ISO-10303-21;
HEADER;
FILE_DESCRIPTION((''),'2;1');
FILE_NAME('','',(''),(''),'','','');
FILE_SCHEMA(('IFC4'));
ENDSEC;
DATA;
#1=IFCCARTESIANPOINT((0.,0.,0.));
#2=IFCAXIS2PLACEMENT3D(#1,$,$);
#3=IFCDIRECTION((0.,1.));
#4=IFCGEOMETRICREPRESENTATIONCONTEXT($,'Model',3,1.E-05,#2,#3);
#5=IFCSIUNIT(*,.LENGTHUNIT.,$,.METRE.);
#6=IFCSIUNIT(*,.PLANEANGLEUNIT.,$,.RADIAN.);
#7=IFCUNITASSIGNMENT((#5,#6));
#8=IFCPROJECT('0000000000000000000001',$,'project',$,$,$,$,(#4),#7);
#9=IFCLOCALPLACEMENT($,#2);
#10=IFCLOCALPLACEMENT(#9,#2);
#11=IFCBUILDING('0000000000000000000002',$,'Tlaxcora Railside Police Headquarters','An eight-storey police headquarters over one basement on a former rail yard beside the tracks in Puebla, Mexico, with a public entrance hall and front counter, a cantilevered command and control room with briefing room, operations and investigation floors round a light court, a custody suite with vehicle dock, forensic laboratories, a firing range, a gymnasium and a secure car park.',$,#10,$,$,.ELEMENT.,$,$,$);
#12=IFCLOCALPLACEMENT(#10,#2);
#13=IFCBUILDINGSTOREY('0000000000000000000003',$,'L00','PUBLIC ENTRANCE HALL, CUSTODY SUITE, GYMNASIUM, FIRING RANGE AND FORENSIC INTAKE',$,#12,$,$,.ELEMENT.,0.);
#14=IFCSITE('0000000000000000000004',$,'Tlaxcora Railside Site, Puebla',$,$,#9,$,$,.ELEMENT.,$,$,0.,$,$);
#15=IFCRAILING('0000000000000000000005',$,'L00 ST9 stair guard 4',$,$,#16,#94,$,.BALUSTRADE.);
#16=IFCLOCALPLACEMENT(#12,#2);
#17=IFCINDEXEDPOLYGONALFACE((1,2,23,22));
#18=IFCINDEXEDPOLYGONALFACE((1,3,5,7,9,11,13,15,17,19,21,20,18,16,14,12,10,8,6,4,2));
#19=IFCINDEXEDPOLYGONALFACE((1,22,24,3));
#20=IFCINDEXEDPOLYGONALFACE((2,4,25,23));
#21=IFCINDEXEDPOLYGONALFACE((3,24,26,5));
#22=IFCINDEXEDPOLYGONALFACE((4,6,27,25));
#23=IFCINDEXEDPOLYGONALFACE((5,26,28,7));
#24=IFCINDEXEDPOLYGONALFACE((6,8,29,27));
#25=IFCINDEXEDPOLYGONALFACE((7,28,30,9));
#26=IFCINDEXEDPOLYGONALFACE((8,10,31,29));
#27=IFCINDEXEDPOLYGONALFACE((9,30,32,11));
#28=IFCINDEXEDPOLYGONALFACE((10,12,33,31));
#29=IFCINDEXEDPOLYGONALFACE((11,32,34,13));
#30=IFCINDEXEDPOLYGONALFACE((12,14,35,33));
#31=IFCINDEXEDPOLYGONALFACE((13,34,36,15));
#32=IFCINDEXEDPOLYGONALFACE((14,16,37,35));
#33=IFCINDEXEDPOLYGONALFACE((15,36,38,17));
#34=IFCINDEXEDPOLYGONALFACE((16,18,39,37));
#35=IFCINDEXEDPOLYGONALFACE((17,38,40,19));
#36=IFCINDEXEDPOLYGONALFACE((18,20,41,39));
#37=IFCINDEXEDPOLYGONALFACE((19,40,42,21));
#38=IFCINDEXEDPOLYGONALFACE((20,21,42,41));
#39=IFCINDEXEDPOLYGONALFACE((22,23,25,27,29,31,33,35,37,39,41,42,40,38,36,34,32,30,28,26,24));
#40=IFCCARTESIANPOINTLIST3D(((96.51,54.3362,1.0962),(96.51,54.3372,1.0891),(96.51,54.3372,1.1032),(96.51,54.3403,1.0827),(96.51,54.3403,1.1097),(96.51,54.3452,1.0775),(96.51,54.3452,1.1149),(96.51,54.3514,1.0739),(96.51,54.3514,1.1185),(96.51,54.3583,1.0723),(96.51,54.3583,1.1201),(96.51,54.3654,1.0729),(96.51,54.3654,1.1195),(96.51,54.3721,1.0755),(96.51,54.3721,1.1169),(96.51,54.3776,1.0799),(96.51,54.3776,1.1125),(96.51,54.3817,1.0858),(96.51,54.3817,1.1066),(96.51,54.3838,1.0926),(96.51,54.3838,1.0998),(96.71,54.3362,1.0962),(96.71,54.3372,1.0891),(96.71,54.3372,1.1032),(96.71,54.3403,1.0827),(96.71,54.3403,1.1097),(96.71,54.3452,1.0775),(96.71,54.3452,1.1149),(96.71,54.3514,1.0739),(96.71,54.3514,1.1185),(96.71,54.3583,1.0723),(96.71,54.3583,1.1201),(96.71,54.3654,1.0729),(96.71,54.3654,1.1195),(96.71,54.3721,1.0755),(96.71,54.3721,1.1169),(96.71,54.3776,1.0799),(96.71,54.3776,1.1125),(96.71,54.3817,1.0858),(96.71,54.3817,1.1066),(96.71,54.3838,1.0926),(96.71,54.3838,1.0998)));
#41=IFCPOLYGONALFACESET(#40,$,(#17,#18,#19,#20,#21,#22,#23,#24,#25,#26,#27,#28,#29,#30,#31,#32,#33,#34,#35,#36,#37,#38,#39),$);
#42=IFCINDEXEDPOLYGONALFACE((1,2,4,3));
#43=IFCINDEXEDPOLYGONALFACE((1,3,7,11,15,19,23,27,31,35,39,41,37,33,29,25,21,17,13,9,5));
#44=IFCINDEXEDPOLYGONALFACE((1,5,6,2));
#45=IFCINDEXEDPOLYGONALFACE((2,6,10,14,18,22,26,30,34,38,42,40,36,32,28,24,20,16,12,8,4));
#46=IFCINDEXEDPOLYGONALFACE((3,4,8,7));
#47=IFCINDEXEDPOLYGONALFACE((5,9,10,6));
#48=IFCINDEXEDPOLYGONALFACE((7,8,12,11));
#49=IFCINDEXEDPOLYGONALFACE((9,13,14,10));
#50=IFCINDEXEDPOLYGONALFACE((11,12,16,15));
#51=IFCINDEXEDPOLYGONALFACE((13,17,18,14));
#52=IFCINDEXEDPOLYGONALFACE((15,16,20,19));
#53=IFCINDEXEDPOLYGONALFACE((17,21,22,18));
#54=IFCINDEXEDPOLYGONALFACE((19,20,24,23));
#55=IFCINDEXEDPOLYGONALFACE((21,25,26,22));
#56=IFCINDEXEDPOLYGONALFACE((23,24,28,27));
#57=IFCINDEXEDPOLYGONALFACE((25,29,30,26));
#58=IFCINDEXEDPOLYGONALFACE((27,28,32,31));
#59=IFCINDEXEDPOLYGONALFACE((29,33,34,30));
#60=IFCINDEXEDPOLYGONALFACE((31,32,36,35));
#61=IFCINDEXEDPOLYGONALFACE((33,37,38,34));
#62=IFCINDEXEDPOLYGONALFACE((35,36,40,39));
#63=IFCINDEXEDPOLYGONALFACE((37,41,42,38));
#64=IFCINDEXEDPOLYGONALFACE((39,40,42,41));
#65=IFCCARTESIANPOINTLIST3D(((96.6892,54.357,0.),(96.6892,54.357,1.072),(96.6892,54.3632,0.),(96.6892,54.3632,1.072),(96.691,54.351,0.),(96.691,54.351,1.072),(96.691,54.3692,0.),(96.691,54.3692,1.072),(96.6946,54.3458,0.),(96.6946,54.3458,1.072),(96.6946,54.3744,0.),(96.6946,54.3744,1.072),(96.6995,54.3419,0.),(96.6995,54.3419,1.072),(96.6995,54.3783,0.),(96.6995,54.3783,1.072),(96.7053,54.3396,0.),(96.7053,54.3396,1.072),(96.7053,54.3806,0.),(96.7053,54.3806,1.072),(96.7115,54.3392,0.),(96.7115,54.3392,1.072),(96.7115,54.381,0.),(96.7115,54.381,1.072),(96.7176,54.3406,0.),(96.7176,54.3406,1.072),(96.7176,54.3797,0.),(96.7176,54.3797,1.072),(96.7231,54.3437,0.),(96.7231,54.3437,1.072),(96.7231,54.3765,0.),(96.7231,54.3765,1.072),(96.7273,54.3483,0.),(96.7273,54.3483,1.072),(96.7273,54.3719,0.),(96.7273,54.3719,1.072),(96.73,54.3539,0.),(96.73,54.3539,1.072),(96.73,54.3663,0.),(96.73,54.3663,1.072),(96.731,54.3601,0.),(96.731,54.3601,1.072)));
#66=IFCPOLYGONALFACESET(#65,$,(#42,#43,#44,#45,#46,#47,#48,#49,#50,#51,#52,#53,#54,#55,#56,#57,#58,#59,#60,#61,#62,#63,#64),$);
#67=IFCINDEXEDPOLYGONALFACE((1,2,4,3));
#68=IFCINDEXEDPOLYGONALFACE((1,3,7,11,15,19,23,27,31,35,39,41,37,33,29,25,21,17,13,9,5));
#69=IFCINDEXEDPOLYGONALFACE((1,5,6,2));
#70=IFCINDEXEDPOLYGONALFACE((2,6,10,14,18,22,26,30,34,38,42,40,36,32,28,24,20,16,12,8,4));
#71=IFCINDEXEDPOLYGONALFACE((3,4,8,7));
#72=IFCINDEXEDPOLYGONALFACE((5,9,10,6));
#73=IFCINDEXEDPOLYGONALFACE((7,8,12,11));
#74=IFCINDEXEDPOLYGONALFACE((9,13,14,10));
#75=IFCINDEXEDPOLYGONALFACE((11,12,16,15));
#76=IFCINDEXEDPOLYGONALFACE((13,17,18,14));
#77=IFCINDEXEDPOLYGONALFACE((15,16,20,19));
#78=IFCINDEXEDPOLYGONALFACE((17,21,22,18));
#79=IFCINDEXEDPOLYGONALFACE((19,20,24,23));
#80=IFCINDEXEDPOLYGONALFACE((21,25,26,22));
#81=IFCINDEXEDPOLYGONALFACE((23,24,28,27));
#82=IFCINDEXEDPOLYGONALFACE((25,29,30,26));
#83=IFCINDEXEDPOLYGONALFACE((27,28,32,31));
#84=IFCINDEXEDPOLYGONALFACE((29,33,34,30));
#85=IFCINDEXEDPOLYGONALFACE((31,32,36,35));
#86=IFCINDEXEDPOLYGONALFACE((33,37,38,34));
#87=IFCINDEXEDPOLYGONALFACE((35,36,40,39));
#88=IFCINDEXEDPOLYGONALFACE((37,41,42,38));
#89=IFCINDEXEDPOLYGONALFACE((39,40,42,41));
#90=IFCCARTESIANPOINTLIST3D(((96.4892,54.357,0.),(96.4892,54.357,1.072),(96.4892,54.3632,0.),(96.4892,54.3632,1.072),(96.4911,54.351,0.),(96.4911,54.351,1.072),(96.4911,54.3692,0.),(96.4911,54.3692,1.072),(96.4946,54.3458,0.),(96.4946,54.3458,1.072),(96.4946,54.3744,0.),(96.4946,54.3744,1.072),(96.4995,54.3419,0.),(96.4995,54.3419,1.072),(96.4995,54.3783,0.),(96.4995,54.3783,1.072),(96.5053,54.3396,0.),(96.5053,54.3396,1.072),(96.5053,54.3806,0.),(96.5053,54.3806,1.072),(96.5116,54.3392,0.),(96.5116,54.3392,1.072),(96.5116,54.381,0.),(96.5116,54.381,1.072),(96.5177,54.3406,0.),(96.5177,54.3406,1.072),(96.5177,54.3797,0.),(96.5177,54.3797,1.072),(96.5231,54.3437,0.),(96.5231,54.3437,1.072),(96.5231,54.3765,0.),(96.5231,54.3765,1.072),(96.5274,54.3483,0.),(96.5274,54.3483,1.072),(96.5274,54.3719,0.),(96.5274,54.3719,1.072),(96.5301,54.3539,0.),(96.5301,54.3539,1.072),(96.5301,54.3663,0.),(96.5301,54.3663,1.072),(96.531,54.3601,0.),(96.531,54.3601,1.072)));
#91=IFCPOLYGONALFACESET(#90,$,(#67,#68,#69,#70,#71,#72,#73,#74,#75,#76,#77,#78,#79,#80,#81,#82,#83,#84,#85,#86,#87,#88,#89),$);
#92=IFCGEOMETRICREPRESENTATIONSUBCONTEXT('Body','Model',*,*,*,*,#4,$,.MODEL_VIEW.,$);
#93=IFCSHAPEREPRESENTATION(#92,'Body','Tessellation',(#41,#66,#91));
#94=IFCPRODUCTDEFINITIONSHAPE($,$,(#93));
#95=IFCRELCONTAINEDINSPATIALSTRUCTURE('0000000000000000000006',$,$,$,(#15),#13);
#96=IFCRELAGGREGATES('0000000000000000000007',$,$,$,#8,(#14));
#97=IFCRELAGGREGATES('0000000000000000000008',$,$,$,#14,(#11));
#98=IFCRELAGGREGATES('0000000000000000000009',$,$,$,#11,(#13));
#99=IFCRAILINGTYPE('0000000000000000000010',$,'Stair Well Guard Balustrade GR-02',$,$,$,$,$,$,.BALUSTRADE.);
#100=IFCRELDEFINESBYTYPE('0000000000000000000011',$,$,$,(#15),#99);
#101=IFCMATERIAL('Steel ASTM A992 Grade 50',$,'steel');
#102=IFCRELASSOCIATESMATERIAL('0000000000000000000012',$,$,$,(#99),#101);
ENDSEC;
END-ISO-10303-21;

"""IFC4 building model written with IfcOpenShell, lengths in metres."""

from ifc_helpers import new_model, si_unit, direction, frame, origin, origin_2d, place, context, subcontext, project, spatial, circle, extrude, material, type_object, element, save


model = new_model("IFC4")

# Units and contexts
model_context = context("Model", 3, precision=1e-05, world=origin(), true_north=direction((0.0, 1.0)))
body_context = subcontext(model_context, "Body", "Model", "MODEL_VIEW")
ifc_project = project(units=[si_unit("LENGTHUNIT", "METRE"), si_unit("PLANEANGLEUNIT", "RADIAN")], contexts=[model_context])

# Site, building, storey
site_placement = place(None, origin())
site = spatial("IfcSite", under=ifc_project, at=site_placement, Name="Tlaxcora Railside Site, Puebla", CompositionType="ELEMENT", RefElevation=0.0)
building_placement = place(site_placement, origin())
building = spatial("IfcBuilding", under=site, at=building_placement, Name="Tlaxcora Railside Police Headquarters", Description="An eight-storey police headquarters over one basement on a former rail yard beside the tracks in Puebla, Mexico, with a public entrance hall and front counter, a cantilevered command and control room with briefing room, operations and investigation floors round a light court, a custody suite with vehicle dock, forensic laboratories, a firing range, a gymnasium and a secure car park.", CompositionType="ELEMENT")
storey_placement = place(building_placement, origin())
storey = spatial("IfcBuildingStorey", under=building, at=storey_placement, Name="L00", Description="PUBLIC ENTRANCE HALL, CUSTODY SUITE, GYMNASIUM, FIRING RANGE AND FORENSIC INTAKE", CompositionType="ELEMENT", Elevation=0.0)

# Shared definitions
ifc_material_1 = material(Name="Steel ASTM A992 Grade 50", Category="steel")

# Railing
railing_type_1 = type_object("IfcRailingType", Name="Stair Well Guard Balustrade GR-02", PredefinedType="BALUSTRADE", material=ifc_material_1)
railing_1_placement = place(storey_placement, frame((96.71, 54.3601, 0.0)))
element("IfcRailing", 1, at=railing_1_placement, inside=storey, type_object=railing_type_1, Name="L00 ST9 stair guard 4", PredefinedType="BALUSTRADE", context=body_context, shape_type="SweptSolid", body=[
    extrude(circle(Radius=0.0239, at=origin_2d()), frame((0.0, 0.0, 1.0962), z_axis=(-1.0, 0.0, 0.0), x_axis=(0.0, -1.0, 0.0)), (0.0, 0.0, 1.0), 0.2),
    extrude(circle(Radius=0.021, at=origin_2d()), origin(), (0.0, 0.0, 1.0), 1.072),
    extrude(circle(Radius=0.021, at=origin_2d()), frame((-0.2, 0.0, 0.0)), (0.0, 0.0, 1.0), 1.072),
])

save(model, "model.ifc")
